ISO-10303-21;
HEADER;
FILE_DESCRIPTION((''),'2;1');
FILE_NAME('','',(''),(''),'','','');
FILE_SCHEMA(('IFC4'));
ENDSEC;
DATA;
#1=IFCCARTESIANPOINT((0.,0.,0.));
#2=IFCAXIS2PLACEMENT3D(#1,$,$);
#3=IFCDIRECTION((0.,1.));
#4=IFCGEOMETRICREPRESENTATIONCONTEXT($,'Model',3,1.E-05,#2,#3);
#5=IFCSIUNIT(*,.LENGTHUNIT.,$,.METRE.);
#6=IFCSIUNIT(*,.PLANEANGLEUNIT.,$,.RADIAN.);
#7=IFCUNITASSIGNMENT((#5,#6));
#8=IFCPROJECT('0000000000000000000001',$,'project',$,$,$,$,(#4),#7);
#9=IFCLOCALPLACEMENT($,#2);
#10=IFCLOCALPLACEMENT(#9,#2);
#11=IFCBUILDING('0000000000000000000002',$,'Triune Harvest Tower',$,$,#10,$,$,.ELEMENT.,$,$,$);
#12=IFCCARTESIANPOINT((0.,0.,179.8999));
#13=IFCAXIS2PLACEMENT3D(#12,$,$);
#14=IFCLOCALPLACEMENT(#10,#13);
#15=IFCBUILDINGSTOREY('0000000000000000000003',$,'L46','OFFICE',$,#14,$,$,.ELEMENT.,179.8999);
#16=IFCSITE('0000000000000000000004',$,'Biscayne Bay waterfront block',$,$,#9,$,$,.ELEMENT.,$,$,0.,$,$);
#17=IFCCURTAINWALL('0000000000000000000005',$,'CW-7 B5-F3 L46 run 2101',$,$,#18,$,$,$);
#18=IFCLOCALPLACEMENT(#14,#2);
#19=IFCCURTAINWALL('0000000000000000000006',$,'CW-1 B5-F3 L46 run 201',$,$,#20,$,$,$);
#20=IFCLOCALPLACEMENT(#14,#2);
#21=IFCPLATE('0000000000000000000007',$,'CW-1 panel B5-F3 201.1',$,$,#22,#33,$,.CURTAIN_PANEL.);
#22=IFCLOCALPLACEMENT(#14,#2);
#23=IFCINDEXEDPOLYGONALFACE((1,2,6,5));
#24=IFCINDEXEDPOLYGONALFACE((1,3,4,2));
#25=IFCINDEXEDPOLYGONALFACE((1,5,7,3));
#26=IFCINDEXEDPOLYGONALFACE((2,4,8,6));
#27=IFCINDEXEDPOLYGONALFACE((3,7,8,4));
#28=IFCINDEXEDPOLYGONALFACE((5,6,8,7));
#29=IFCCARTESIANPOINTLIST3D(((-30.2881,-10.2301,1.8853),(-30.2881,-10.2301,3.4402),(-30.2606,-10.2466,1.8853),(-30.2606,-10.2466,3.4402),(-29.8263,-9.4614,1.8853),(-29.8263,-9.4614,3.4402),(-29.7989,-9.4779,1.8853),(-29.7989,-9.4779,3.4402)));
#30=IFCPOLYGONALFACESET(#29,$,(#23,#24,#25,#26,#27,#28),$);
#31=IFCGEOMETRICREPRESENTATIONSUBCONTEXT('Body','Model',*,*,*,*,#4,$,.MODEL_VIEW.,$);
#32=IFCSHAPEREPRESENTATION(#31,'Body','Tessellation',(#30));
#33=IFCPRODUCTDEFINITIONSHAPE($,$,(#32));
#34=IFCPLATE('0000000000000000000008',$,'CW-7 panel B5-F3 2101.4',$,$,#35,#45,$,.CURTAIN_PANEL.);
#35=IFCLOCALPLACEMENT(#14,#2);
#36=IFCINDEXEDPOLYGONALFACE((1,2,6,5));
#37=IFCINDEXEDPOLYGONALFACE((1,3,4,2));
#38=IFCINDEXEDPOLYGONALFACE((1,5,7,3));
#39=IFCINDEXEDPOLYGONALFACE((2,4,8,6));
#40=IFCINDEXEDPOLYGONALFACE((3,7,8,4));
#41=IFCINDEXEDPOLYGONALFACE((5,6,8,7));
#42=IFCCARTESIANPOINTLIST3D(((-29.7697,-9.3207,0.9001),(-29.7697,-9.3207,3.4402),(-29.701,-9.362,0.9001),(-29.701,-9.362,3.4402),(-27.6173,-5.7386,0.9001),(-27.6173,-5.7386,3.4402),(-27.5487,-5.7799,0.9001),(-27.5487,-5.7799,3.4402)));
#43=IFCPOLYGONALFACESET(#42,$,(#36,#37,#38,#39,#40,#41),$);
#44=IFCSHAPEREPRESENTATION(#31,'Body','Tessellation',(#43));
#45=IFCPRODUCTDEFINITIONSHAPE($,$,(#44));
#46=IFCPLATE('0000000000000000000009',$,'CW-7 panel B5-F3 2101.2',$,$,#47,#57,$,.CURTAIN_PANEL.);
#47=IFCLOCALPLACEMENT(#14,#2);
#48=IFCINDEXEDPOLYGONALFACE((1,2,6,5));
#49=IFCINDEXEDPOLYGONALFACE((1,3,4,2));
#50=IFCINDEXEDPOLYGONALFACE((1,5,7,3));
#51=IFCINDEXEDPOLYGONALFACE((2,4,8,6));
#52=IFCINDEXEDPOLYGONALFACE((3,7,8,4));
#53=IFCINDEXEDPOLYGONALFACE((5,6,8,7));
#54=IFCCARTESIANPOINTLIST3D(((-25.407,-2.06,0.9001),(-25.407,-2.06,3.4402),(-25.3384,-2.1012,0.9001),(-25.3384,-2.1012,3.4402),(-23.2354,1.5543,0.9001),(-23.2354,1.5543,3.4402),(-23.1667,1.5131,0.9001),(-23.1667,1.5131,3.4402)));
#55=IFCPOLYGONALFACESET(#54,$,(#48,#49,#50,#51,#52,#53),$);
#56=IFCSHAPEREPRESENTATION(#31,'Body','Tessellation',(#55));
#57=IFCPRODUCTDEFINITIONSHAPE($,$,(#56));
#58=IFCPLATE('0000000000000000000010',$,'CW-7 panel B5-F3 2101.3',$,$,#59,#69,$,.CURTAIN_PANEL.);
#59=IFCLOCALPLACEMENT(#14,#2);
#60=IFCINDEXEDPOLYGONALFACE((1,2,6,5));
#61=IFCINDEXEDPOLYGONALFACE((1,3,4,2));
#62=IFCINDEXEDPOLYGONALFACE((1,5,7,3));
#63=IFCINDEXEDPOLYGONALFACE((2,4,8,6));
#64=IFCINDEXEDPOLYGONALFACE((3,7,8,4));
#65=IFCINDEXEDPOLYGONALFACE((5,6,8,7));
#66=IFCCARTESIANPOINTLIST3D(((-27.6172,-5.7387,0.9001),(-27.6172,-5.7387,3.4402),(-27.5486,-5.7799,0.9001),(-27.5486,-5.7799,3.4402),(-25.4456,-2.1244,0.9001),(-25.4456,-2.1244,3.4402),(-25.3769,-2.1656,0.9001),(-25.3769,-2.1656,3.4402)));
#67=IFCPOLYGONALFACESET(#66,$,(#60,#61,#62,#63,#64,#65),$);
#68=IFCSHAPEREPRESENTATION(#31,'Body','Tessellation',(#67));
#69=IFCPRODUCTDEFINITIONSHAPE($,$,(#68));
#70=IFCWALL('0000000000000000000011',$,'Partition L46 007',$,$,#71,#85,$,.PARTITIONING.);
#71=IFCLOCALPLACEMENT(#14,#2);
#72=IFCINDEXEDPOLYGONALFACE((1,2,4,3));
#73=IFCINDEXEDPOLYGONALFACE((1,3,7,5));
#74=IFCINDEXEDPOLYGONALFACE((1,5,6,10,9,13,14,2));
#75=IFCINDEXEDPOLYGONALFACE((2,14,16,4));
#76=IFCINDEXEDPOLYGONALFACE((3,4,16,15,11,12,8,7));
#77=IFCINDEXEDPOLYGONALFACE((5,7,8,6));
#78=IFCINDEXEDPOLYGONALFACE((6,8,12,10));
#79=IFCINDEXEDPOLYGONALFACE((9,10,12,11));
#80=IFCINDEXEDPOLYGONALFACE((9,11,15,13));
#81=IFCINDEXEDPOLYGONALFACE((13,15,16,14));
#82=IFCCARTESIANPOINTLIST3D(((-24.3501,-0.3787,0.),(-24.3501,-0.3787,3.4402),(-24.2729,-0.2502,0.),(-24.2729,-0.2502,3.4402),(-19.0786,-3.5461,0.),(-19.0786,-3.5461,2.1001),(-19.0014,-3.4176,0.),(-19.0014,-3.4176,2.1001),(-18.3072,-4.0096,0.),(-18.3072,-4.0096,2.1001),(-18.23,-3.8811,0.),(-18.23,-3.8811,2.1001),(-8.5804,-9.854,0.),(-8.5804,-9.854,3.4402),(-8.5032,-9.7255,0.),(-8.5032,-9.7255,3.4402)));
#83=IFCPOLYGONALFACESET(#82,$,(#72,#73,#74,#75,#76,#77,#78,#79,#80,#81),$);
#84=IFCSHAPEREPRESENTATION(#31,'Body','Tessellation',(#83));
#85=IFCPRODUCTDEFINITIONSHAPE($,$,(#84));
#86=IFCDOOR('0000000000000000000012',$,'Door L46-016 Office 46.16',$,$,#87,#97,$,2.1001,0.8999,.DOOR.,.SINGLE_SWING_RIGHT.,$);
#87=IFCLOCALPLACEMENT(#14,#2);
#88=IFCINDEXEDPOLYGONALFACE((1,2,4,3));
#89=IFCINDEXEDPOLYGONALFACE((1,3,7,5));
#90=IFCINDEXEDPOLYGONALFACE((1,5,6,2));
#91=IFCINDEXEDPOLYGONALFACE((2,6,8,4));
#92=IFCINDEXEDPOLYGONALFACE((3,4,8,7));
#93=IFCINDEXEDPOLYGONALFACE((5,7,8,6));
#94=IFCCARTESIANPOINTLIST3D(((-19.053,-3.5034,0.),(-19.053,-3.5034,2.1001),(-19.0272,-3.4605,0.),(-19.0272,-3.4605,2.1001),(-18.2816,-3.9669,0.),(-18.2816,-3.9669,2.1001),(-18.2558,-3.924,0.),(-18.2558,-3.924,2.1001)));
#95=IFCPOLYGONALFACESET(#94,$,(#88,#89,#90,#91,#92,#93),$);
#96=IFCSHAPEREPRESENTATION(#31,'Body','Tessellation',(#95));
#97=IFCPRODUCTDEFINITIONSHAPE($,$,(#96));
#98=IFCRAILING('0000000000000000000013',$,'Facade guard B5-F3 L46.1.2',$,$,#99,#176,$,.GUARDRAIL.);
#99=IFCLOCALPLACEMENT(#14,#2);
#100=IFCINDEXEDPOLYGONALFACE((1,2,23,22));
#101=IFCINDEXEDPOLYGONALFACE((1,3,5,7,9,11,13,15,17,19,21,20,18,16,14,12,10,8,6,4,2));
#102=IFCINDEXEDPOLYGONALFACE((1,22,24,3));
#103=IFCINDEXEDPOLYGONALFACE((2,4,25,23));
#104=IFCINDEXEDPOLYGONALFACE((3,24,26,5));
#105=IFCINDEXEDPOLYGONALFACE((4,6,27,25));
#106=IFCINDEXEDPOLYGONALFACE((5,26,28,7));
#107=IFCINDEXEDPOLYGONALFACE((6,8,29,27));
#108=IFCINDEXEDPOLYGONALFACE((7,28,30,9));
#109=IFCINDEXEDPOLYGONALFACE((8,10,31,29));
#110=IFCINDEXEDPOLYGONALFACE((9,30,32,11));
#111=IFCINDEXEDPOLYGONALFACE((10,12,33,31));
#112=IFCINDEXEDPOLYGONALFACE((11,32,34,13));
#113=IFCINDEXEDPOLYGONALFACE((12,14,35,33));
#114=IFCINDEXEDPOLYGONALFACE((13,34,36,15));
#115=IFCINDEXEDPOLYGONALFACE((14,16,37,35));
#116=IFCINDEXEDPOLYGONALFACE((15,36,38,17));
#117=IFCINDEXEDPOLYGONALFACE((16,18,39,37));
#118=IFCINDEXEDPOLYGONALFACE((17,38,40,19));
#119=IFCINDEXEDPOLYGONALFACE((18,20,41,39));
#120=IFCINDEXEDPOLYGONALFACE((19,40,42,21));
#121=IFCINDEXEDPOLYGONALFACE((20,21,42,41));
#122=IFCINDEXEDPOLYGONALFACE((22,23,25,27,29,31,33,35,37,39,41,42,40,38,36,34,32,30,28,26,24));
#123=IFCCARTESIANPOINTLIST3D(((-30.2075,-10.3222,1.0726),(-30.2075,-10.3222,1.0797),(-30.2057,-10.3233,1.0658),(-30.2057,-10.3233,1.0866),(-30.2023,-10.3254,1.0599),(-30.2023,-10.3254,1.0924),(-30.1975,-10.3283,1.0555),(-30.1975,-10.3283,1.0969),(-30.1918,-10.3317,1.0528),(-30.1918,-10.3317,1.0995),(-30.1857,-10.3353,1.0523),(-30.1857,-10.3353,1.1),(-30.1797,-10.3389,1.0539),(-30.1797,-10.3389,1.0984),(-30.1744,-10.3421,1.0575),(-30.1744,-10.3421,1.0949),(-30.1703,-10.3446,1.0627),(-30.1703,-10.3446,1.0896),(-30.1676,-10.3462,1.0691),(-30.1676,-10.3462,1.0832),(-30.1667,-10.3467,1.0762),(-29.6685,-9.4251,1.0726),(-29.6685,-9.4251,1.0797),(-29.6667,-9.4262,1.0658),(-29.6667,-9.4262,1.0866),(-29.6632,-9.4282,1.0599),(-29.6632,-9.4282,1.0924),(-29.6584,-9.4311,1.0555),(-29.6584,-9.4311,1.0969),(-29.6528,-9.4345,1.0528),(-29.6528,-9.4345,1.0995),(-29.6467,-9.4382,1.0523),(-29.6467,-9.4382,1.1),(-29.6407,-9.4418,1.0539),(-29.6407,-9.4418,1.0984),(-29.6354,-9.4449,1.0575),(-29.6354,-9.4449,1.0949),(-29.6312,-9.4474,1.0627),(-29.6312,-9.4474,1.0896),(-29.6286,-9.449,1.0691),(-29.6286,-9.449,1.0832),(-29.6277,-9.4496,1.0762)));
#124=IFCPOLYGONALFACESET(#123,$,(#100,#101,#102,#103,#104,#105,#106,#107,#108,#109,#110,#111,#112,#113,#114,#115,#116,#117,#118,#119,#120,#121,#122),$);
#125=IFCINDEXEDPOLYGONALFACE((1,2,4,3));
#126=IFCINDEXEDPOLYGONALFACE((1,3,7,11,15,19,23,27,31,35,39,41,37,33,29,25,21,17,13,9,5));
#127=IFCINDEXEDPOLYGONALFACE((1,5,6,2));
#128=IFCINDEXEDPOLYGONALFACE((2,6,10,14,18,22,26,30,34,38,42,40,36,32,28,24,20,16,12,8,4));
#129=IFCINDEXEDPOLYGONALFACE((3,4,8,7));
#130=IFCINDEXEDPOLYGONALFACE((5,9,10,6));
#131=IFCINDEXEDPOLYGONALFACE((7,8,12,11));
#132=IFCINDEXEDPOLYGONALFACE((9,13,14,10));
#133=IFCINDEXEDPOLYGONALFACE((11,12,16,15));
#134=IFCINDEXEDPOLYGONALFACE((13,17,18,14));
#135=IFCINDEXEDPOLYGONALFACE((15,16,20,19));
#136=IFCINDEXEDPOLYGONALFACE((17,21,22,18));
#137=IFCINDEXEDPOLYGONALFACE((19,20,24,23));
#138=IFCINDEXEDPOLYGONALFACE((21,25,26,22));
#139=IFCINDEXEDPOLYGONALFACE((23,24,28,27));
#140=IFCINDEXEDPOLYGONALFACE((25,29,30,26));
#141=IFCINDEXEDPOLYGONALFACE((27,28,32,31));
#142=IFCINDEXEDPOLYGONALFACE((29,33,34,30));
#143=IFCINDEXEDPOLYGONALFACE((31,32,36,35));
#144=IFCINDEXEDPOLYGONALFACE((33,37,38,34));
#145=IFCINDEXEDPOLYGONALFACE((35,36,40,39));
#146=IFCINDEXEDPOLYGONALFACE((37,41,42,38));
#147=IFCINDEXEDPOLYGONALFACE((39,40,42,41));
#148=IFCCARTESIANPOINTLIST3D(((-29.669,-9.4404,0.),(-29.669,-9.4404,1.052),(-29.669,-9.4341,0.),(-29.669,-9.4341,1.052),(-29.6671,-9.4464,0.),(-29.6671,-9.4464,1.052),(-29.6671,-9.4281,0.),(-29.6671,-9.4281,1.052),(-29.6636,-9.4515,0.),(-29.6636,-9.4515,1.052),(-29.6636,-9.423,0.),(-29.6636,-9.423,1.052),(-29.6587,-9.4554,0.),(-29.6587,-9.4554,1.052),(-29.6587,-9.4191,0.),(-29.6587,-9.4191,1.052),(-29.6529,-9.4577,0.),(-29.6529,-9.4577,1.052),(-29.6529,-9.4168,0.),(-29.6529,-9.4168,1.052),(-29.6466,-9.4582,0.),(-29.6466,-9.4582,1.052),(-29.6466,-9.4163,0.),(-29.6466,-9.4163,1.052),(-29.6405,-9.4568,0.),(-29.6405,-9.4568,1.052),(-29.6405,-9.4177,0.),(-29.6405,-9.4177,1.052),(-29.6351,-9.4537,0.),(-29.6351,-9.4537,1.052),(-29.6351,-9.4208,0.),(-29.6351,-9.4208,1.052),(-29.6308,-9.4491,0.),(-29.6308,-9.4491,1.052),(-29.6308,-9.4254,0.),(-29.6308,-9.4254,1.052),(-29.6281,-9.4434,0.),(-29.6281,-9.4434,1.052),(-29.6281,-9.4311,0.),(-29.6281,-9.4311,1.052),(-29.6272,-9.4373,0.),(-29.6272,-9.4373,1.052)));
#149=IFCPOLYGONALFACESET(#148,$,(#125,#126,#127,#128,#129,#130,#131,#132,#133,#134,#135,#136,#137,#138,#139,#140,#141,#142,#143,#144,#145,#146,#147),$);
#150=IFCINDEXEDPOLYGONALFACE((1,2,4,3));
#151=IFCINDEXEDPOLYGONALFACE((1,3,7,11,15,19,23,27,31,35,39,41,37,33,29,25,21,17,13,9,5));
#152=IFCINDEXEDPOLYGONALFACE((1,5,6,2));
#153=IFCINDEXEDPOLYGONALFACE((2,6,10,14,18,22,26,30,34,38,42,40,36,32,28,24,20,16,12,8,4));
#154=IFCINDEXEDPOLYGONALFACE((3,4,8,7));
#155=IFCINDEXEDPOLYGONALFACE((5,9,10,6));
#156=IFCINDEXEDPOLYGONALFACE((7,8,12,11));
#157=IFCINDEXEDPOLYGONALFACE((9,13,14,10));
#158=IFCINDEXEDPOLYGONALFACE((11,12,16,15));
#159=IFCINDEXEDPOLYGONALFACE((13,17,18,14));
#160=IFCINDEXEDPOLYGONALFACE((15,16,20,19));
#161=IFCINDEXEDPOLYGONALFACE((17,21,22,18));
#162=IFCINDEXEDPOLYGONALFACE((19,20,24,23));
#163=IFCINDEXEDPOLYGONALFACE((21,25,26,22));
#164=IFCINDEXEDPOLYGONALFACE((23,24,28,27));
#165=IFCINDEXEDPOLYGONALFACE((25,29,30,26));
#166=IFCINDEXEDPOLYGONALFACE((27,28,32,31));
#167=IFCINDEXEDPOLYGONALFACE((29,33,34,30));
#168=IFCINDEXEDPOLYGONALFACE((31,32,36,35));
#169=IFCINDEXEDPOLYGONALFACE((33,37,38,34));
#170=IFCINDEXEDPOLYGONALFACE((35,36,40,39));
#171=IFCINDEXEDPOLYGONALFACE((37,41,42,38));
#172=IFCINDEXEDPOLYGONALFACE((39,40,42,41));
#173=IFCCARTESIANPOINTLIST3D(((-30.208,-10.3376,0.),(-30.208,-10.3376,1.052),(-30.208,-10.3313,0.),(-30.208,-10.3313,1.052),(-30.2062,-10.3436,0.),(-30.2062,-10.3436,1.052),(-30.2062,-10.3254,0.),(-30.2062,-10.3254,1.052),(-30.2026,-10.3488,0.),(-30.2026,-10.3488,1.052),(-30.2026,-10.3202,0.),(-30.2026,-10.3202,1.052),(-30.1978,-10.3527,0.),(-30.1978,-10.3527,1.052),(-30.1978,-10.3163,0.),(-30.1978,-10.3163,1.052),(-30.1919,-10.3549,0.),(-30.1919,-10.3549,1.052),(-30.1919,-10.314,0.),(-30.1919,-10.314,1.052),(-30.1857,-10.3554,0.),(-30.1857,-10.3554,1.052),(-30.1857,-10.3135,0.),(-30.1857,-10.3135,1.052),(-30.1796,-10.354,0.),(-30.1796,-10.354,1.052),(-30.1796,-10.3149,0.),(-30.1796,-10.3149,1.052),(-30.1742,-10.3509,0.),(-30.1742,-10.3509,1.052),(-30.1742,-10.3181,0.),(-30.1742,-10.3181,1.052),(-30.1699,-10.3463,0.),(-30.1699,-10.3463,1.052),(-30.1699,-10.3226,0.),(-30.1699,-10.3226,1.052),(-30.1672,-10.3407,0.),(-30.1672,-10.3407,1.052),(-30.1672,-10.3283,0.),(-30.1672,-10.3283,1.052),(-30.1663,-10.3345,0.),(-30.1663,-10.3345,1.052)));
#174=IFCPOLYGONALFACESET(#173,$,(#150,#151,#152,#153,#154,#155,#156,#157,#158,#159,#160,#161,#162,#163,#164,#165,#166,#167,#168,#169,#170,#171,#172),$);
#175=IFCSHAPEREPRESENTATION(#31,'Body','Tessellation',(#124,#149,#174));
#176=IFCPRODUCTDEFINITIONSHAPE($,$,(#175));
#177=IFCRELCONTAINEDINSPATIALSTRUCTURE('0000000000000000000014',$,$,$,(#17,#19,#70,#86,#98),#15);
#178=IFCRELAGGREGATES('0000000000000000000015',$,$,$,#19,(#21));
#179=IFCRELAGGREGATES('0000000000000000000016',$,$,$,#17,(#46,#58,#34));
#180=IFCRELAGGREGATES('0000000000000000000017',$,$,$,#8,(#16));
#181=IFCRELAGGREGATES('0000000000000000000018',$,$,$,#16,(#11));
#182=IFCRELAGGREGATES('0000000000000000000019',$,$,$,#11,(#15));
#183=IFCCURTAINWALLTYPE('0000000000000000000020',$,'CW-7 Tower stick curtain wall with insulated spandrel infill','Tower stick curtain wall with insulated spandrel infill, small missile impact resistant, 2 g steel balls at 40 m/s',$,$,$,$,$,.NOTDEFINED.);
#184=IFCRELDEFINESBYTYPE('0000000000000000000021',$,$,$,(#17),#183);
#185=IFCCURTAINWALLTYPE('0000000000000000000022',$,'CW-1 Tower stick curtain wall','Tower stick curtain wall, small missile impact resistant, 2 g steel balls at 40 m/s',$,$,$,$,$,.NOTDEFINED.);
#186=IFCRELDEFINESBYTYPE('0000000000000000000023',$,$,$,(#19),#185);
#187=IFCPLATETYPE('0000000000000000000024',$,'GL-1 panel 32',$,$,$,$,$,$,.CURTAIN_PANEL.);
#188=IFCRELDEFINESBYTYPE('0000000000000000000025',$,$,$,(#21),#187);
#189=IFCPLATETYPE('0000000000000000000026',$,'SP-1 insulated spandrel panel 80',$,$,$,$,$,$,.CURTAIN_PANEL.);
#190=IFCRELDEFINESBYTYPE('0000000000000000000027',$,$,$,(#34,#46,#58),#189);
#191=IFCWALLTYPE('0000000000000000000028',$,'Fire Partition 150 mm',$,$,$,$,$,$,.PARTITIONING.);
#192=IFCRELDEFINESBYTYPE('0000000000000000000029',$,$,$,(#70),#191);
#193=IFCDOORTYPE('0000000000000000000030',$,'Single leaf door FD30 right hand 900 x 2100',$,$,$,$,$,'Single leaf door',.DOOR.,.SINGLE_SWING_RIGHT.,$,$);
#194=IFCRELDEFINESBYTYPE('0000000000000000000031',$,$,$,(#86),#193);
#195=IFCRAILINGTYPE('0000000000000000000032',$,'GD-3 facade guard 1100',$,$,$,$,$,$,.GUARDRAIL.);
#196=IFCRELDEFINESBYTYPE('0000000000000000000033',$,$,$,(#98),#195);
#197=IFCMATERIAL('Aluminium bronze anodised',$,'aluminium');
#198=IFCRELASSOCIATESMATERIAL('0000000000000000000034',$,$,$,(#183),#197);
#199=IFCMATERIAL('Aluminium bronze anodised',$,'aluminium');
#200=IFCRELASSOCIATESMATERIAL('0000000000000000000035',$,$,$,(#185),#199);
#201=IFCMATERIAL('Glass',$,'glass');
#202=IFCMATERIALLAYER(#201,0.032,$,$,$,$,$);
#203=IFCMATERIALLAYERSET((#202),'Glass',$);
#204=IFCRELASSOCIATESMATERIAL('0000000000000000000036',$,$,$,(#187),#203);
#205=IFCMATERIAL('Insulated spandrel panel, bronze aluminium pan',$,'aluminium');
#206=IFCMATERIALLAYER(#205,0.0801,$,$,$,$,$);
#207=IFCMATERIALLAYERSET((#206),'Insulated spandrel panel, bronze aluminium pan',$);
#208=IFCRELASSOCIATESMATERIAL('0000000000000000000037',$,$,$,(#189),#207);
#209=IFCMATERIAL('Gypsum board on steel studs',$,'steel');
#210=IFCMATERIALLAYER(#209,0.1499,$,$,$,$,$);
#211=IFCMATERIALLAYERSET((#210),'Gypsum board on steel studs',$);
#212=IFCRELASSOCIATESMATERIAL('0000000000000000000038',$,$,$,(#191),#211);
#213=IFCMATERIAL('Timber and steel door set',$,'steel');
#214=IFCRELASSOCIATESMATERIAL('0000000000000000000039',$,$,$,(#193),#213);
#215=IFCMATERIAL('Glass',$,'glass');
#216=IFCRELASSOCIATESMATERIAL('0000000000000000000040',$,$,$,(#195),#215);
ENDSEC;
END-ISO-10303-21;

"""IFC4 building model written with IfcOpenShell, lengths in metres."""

from ifc_helpers import new_model, si_unit, direction, frame, frame_2d, origin, origin_2d, place, context, subcontext, project, spatial, rectangle, circle, extrude, source, transform, mapped, material, layer, layer_set, type_object, element, fill, aggregate, save


model = new_model("IFC4")

# Units and contexts
model_context = context("Model", 3, precision=1e-05, world=origin(), true_north=direction((0.0, 1.0)))
body_context = subcontext(model_context, "Body", "Model", "MODEL_VIEW")
ifc_project = project(units=[si_unit("LENGTHUNIT", "METRE"), si_unit("PLANEANGLEUNIT", "RADIAN")], contexts=[model_context])

# Site, building, storey
site_placement = place(None, origin())
site = spatial("IfcSite", under=ifc_project, at=site_placement, Name="Biscayne Bay waterfront block", CompositionType="ELEMENT", RefElevation=0.0)
building_placement = place(site_placement, origin())
building = spatial("IfcBuilding", under=site, at=building_placement, Name="Triune Harvest Tower", CompositionType="ELEMENT")
storey_placement = place(building_placement, frame((0.0, 0.0, 179.8999)))
storey = spatial("IfcBuildingStorey", under=building, at=storey_placement, Name="L46", Description="OFFICE", CompositionType="ELEMENT", Elevation=179.8999)

# Curtain wall
ifc_material_1 = material(Name="Aluminium bronze anodised", Category="aluminium")
curtain_wall_type_1 = type_object("IfcCurtainWallType", Name="CW-7 Tower stick curtain wall with insulated spandrel infill", Description="Tower stick curtain wall with insulated spandrel infill, small missile impact resistant, 2 g steel balls at 40 m/s", PredefinedType="NOTDEFINED", material=ifc_material_1)
curtain_wall_1_placement = place(storey_placement, origin())
curtain_wall_1 = element("IfcCurtainWall", 1, at=curtain_wall_1_placement, inside=storey, type_object=curtain_wall_type_1, Name="CW-7 B5-F3 L46 run 2101")

# Shared definitions
ifc_material_2 = material(Name="Aluminium bronze anodised", Category="aluminium")
curtain_wall_type_2 = type_object("IfcCurtainWallType", Name="CW-1 Tower stick curtain wall", Description="Tower stick curtain wall, small missile impact resistant, 2 g steel balls at 40 m/s", PredefinedType="NOTDEFINED", material=ifc_material_2)

# Curtain wall
curtain_wall_2_placement = place(storey_placement, origin())
curtain_wall_2 = element("IfcCurtainWall", 2, at=curtain_wall_2_placement, inside=storey, type_object=curtain_wall_type_2, Name="CW-1 B5-F3 L46 run 201")

# Plates
ifc_material_3 = material(Name="Glass", Category="glass")
ifc_layer_1 = layer(ifc_material_3, 0.032)
ifc_layer_set_1 = layer_set([ifc_layer_1], Name="Glass")
plate_type_1 = type_object("IfcPlateType", Name="GL-1 panel 32", PredefinedType="CURTAIN_PANEL", material=ifc_layer_set_1)
shared_shape_1 = source(origin(), body_context, "Body", "SweptSolid", [
    extrude(rectangle(XDim=0.8967, YDim=0.032, at=origin_2d()), origin(), (0.0, 0.0, 1.0), 1.5549),
])
plate_1_placement = place(storey_placement, frame((-30.0435, -9.854, 1.8853), z_axis=(0.0, 0.0, 1.0), x_axis=(-0.514973, -0.857206, 0.0)))
plate_1 = element("IfcPlate", 3, at=plate_1_placement, type_object=plate_type_1, Name="CW-1 panel B5-F3 201.1", PredefinedType="CURTAIN_PANEL", context=body_context, shape_type="MappedRepresentation", body=[
    mapped(shared_shape_1, transform((0.0, 0.0, 0.0), scale=1.0)),
])
aggregate(curtain_wall_2, [plate_1])
ifc_material_4 = material(Name="Insulated spandrel panel, bronze aluminium pan", Category="aluminium")
ifc_layer_2 = layer(ifc_material_4, 0.0801)
ifc_layer_set_2 = layer_set([ifc_layer_2], Name="Insulated spandrel panel, bronze aluminium pan")
plate_type_2 = type_object("IfcPlateType", Name="SP-1 insulated spandrel panel 80", PredefinedType="CURTAIN_PANEL", material=ifc_layer_set_2)
shared_shape_2 = source(origin(), body_context, "Body", "SweptSolid", [
    extrude(rectangle(XDim=4.179, YDim=0.0801, at=origin_2d()), origin(), (0.0, 0.0, 1.0), 2.54),
])
plate_2_placement = place(storey_placement, frame((-28.6592, -7.5503, 0.9001), z_axis=(0.0, 0.0, 1.0), x_axis=(-0.515034, -0.85717, 0.0)))
plate_2 = element("IfcPlate", 4, at=plate_2_placement, type_object=plate_type_2, Name="CW-7 panel B5-F3 2101.4", PredefinedType="CURTAIN_PANEL", context=body_context, shape_type="MappedRepresentation", body=[
    mapped(shared_shape_2, transform((0.0, 0.0, 0.0), scale=1.0)),
])
shared_shape_3 = source(origin(), body_context, "Body", "SweptSolid", [
    extrude(rectangle(XDim=4.2166, YDim=0.0801, at=origin_2d()), origin(), (0.0, 0.0, 1.0), 2.54),
])
plate_3_placement = place(storey_placement, frame((-24.2869, -0.2734, 0.9001), z_axis=(0.0, 0.0, 1.0), x_axis=(-0.515034, -0.85717, 0.0)))
plate_3 = element("IfcPlate", 5, at=plate_3_placement, type_object=plate_type_2, Name="CW-7 panel B5-F3 2101.2", PredefinedType="CURTAIN_PANEL", context=body_context, shape_type="MappedRepresentation", body=[
    mapped(shared_shape_3, transform((0.0, 0.0, 0.0), scale=1.0)),
])
plate_4_placement = place(storey_placement, frame((-26.4971, -3.9521, 0.9001), z_axis=(0.0, 0.0, 1.0), x_axis=(-0.515034, -0.85717, 0.0)))
plate_4 = element("IfcPlate", 6, at=plate_4_placement, type_object=plate_type_2, Name="CW-7 panel B5-F3 2101.3", PredefinedType="CURTAIN_PANEL", context=body_context, shape_type="MappedRepresentation", body=[
    mapped(shared_shape_3, transform((0.0, 0.0, 0.0), scale=1.0)),
])
aggregate(curtain_wall_1, [plate_3, plate_4, plate_2])

# Wall, opening, door
ifc_material_5 = material(Name="Gypsum board on steel studs", Category="steel")
ifc_layer_3 = layer(ifc_material_5, 0.1499)
ifc_layer_set_3 = layer_set([ifc_layer_3], Name="Gypsum board on steel studs")
wall_type = type_object("IfcWallType", Name="Fire Partition 150 mm", PredefinedType="PARTITIONING", material=ifc_layer_set_3)
wall_placement = place(storey_placement, frame((-24.3115, -0.3145, 0.0), z_axis=(0.0, 0.0, 1.0), x_axis=(0.85717, -0.515034, 0.0)))
wall = element("IfcWall", 7, at=wall_placement, inside=storey, type_object=wall_type, Name="Partition L46 007", PredefinedType="PARTITIONING", context=body_context, shape_type="SweptSolid", body=[
    extrude(rectangle(XDim=18.3975, YDim=0.1499, at=frame_2d((9.1987, 0.0))), origin(), (0.0, 0.0, 1.0), 3.4402),
])
opening_placement = place(wall_placement, frame((6.1499, 0.0, 0.0)))
opening = element("IfcOpeningElement", 8, at=opening_placement, cuts=wall, PredefinedType="OPENING", context=body_context, shape_type="SweptSolid", body=[
    extrude(rectangle(XDim=0.8999, YDim=2.1001, at=frame_2d((0.45, 1.05))), frame((0.0, 0.085, 0.0), z_axis=(0.0, -1.0, 0.0), x_axis=(1.0, 0.0, 0.0)), (0.0, 0.0, 1.0), 0.1699),
])
ifc_material_6 = material(Name="Timber and steel door set", Category="steel")
door_type = type_object("IfcDoorType", Name="Single leaf door FD30 right hand 900 x 2100", ElementType="Single leaf door", OperationType="SINGLE_SWING_RIGHT", PredefinedType="DOOR", material=ifc_material_6)
door_placement = place(opening_placement, origin())
door = element("IfcDoor", 9, at=door_placement, inside=storey, type_object=door_type, Name="Door L46-016 Office 46.16", OperationType="SINGLE_SWING_RIGHT", OverallHeight=2.1001, OverallWidth=0.8999, PredefinedType="DOOR", context=body_context, shape_type="SweptSolid", body=[
    extrude(rectangle(XDim=0.8999, YDim=2.1001, at=frame_2d((0.45, 1.05))), frame((0.0, 0.0249, 0.0), z_axis=(0.0, -1.0, 0.0), x_axis=(1.0, 0.0, 0.0)), (0.0, 0.0, 1.0), 0.05),
])
fill(opening, door)

# Railing
ifc_material_7 = material(Name="Glass", Category="glass")
railing_type = type_object("IfcRailingType", Name="GD-3 facade guard 1100", PredefinedType="GUARDRAIL", material=ifc_material_7)
shared_shape_4 = source(origin(), body_context, "Body", "SweptSolid", [
    extrude(circle(Radius=0.0239, at=origin_2d()), frame((0.0, 0.0, 1.0762), z_axis=(-0.51501, -0.857184, 0.0), x_axis=(0.857184, -0.51501, 0.0)), (0.0, 0.0, 1.0), 1.0466),
    extrude(circle(Radius=0.021, at=origin_2d()), origin(), (0.0, 0.0, 1.0), 1.052),
    extrude(circle(Radius=0.021, at=origin_2d()), frame((-0.5391, -0.8972, 0.0)), (0.0, 0.0, 1.0), 1.052),
])
railing_placement = place(storey_placement, frame((-29.6482, -9.4373, 0.0)))
element("IfcRailing", 10, at=railing_placement, inside=storey, type_object=railing_type, Name="Facade guard B5-F3 L46.1.2", PredefinedType="GUARDRAIL", context=body_context, shape_type="MappedRepresentation", body=[
    mapped(shared_shape_4, transform((0.0, 0.0, 0.0), scale=1.0)),
])

save(model, "model.ifc")
